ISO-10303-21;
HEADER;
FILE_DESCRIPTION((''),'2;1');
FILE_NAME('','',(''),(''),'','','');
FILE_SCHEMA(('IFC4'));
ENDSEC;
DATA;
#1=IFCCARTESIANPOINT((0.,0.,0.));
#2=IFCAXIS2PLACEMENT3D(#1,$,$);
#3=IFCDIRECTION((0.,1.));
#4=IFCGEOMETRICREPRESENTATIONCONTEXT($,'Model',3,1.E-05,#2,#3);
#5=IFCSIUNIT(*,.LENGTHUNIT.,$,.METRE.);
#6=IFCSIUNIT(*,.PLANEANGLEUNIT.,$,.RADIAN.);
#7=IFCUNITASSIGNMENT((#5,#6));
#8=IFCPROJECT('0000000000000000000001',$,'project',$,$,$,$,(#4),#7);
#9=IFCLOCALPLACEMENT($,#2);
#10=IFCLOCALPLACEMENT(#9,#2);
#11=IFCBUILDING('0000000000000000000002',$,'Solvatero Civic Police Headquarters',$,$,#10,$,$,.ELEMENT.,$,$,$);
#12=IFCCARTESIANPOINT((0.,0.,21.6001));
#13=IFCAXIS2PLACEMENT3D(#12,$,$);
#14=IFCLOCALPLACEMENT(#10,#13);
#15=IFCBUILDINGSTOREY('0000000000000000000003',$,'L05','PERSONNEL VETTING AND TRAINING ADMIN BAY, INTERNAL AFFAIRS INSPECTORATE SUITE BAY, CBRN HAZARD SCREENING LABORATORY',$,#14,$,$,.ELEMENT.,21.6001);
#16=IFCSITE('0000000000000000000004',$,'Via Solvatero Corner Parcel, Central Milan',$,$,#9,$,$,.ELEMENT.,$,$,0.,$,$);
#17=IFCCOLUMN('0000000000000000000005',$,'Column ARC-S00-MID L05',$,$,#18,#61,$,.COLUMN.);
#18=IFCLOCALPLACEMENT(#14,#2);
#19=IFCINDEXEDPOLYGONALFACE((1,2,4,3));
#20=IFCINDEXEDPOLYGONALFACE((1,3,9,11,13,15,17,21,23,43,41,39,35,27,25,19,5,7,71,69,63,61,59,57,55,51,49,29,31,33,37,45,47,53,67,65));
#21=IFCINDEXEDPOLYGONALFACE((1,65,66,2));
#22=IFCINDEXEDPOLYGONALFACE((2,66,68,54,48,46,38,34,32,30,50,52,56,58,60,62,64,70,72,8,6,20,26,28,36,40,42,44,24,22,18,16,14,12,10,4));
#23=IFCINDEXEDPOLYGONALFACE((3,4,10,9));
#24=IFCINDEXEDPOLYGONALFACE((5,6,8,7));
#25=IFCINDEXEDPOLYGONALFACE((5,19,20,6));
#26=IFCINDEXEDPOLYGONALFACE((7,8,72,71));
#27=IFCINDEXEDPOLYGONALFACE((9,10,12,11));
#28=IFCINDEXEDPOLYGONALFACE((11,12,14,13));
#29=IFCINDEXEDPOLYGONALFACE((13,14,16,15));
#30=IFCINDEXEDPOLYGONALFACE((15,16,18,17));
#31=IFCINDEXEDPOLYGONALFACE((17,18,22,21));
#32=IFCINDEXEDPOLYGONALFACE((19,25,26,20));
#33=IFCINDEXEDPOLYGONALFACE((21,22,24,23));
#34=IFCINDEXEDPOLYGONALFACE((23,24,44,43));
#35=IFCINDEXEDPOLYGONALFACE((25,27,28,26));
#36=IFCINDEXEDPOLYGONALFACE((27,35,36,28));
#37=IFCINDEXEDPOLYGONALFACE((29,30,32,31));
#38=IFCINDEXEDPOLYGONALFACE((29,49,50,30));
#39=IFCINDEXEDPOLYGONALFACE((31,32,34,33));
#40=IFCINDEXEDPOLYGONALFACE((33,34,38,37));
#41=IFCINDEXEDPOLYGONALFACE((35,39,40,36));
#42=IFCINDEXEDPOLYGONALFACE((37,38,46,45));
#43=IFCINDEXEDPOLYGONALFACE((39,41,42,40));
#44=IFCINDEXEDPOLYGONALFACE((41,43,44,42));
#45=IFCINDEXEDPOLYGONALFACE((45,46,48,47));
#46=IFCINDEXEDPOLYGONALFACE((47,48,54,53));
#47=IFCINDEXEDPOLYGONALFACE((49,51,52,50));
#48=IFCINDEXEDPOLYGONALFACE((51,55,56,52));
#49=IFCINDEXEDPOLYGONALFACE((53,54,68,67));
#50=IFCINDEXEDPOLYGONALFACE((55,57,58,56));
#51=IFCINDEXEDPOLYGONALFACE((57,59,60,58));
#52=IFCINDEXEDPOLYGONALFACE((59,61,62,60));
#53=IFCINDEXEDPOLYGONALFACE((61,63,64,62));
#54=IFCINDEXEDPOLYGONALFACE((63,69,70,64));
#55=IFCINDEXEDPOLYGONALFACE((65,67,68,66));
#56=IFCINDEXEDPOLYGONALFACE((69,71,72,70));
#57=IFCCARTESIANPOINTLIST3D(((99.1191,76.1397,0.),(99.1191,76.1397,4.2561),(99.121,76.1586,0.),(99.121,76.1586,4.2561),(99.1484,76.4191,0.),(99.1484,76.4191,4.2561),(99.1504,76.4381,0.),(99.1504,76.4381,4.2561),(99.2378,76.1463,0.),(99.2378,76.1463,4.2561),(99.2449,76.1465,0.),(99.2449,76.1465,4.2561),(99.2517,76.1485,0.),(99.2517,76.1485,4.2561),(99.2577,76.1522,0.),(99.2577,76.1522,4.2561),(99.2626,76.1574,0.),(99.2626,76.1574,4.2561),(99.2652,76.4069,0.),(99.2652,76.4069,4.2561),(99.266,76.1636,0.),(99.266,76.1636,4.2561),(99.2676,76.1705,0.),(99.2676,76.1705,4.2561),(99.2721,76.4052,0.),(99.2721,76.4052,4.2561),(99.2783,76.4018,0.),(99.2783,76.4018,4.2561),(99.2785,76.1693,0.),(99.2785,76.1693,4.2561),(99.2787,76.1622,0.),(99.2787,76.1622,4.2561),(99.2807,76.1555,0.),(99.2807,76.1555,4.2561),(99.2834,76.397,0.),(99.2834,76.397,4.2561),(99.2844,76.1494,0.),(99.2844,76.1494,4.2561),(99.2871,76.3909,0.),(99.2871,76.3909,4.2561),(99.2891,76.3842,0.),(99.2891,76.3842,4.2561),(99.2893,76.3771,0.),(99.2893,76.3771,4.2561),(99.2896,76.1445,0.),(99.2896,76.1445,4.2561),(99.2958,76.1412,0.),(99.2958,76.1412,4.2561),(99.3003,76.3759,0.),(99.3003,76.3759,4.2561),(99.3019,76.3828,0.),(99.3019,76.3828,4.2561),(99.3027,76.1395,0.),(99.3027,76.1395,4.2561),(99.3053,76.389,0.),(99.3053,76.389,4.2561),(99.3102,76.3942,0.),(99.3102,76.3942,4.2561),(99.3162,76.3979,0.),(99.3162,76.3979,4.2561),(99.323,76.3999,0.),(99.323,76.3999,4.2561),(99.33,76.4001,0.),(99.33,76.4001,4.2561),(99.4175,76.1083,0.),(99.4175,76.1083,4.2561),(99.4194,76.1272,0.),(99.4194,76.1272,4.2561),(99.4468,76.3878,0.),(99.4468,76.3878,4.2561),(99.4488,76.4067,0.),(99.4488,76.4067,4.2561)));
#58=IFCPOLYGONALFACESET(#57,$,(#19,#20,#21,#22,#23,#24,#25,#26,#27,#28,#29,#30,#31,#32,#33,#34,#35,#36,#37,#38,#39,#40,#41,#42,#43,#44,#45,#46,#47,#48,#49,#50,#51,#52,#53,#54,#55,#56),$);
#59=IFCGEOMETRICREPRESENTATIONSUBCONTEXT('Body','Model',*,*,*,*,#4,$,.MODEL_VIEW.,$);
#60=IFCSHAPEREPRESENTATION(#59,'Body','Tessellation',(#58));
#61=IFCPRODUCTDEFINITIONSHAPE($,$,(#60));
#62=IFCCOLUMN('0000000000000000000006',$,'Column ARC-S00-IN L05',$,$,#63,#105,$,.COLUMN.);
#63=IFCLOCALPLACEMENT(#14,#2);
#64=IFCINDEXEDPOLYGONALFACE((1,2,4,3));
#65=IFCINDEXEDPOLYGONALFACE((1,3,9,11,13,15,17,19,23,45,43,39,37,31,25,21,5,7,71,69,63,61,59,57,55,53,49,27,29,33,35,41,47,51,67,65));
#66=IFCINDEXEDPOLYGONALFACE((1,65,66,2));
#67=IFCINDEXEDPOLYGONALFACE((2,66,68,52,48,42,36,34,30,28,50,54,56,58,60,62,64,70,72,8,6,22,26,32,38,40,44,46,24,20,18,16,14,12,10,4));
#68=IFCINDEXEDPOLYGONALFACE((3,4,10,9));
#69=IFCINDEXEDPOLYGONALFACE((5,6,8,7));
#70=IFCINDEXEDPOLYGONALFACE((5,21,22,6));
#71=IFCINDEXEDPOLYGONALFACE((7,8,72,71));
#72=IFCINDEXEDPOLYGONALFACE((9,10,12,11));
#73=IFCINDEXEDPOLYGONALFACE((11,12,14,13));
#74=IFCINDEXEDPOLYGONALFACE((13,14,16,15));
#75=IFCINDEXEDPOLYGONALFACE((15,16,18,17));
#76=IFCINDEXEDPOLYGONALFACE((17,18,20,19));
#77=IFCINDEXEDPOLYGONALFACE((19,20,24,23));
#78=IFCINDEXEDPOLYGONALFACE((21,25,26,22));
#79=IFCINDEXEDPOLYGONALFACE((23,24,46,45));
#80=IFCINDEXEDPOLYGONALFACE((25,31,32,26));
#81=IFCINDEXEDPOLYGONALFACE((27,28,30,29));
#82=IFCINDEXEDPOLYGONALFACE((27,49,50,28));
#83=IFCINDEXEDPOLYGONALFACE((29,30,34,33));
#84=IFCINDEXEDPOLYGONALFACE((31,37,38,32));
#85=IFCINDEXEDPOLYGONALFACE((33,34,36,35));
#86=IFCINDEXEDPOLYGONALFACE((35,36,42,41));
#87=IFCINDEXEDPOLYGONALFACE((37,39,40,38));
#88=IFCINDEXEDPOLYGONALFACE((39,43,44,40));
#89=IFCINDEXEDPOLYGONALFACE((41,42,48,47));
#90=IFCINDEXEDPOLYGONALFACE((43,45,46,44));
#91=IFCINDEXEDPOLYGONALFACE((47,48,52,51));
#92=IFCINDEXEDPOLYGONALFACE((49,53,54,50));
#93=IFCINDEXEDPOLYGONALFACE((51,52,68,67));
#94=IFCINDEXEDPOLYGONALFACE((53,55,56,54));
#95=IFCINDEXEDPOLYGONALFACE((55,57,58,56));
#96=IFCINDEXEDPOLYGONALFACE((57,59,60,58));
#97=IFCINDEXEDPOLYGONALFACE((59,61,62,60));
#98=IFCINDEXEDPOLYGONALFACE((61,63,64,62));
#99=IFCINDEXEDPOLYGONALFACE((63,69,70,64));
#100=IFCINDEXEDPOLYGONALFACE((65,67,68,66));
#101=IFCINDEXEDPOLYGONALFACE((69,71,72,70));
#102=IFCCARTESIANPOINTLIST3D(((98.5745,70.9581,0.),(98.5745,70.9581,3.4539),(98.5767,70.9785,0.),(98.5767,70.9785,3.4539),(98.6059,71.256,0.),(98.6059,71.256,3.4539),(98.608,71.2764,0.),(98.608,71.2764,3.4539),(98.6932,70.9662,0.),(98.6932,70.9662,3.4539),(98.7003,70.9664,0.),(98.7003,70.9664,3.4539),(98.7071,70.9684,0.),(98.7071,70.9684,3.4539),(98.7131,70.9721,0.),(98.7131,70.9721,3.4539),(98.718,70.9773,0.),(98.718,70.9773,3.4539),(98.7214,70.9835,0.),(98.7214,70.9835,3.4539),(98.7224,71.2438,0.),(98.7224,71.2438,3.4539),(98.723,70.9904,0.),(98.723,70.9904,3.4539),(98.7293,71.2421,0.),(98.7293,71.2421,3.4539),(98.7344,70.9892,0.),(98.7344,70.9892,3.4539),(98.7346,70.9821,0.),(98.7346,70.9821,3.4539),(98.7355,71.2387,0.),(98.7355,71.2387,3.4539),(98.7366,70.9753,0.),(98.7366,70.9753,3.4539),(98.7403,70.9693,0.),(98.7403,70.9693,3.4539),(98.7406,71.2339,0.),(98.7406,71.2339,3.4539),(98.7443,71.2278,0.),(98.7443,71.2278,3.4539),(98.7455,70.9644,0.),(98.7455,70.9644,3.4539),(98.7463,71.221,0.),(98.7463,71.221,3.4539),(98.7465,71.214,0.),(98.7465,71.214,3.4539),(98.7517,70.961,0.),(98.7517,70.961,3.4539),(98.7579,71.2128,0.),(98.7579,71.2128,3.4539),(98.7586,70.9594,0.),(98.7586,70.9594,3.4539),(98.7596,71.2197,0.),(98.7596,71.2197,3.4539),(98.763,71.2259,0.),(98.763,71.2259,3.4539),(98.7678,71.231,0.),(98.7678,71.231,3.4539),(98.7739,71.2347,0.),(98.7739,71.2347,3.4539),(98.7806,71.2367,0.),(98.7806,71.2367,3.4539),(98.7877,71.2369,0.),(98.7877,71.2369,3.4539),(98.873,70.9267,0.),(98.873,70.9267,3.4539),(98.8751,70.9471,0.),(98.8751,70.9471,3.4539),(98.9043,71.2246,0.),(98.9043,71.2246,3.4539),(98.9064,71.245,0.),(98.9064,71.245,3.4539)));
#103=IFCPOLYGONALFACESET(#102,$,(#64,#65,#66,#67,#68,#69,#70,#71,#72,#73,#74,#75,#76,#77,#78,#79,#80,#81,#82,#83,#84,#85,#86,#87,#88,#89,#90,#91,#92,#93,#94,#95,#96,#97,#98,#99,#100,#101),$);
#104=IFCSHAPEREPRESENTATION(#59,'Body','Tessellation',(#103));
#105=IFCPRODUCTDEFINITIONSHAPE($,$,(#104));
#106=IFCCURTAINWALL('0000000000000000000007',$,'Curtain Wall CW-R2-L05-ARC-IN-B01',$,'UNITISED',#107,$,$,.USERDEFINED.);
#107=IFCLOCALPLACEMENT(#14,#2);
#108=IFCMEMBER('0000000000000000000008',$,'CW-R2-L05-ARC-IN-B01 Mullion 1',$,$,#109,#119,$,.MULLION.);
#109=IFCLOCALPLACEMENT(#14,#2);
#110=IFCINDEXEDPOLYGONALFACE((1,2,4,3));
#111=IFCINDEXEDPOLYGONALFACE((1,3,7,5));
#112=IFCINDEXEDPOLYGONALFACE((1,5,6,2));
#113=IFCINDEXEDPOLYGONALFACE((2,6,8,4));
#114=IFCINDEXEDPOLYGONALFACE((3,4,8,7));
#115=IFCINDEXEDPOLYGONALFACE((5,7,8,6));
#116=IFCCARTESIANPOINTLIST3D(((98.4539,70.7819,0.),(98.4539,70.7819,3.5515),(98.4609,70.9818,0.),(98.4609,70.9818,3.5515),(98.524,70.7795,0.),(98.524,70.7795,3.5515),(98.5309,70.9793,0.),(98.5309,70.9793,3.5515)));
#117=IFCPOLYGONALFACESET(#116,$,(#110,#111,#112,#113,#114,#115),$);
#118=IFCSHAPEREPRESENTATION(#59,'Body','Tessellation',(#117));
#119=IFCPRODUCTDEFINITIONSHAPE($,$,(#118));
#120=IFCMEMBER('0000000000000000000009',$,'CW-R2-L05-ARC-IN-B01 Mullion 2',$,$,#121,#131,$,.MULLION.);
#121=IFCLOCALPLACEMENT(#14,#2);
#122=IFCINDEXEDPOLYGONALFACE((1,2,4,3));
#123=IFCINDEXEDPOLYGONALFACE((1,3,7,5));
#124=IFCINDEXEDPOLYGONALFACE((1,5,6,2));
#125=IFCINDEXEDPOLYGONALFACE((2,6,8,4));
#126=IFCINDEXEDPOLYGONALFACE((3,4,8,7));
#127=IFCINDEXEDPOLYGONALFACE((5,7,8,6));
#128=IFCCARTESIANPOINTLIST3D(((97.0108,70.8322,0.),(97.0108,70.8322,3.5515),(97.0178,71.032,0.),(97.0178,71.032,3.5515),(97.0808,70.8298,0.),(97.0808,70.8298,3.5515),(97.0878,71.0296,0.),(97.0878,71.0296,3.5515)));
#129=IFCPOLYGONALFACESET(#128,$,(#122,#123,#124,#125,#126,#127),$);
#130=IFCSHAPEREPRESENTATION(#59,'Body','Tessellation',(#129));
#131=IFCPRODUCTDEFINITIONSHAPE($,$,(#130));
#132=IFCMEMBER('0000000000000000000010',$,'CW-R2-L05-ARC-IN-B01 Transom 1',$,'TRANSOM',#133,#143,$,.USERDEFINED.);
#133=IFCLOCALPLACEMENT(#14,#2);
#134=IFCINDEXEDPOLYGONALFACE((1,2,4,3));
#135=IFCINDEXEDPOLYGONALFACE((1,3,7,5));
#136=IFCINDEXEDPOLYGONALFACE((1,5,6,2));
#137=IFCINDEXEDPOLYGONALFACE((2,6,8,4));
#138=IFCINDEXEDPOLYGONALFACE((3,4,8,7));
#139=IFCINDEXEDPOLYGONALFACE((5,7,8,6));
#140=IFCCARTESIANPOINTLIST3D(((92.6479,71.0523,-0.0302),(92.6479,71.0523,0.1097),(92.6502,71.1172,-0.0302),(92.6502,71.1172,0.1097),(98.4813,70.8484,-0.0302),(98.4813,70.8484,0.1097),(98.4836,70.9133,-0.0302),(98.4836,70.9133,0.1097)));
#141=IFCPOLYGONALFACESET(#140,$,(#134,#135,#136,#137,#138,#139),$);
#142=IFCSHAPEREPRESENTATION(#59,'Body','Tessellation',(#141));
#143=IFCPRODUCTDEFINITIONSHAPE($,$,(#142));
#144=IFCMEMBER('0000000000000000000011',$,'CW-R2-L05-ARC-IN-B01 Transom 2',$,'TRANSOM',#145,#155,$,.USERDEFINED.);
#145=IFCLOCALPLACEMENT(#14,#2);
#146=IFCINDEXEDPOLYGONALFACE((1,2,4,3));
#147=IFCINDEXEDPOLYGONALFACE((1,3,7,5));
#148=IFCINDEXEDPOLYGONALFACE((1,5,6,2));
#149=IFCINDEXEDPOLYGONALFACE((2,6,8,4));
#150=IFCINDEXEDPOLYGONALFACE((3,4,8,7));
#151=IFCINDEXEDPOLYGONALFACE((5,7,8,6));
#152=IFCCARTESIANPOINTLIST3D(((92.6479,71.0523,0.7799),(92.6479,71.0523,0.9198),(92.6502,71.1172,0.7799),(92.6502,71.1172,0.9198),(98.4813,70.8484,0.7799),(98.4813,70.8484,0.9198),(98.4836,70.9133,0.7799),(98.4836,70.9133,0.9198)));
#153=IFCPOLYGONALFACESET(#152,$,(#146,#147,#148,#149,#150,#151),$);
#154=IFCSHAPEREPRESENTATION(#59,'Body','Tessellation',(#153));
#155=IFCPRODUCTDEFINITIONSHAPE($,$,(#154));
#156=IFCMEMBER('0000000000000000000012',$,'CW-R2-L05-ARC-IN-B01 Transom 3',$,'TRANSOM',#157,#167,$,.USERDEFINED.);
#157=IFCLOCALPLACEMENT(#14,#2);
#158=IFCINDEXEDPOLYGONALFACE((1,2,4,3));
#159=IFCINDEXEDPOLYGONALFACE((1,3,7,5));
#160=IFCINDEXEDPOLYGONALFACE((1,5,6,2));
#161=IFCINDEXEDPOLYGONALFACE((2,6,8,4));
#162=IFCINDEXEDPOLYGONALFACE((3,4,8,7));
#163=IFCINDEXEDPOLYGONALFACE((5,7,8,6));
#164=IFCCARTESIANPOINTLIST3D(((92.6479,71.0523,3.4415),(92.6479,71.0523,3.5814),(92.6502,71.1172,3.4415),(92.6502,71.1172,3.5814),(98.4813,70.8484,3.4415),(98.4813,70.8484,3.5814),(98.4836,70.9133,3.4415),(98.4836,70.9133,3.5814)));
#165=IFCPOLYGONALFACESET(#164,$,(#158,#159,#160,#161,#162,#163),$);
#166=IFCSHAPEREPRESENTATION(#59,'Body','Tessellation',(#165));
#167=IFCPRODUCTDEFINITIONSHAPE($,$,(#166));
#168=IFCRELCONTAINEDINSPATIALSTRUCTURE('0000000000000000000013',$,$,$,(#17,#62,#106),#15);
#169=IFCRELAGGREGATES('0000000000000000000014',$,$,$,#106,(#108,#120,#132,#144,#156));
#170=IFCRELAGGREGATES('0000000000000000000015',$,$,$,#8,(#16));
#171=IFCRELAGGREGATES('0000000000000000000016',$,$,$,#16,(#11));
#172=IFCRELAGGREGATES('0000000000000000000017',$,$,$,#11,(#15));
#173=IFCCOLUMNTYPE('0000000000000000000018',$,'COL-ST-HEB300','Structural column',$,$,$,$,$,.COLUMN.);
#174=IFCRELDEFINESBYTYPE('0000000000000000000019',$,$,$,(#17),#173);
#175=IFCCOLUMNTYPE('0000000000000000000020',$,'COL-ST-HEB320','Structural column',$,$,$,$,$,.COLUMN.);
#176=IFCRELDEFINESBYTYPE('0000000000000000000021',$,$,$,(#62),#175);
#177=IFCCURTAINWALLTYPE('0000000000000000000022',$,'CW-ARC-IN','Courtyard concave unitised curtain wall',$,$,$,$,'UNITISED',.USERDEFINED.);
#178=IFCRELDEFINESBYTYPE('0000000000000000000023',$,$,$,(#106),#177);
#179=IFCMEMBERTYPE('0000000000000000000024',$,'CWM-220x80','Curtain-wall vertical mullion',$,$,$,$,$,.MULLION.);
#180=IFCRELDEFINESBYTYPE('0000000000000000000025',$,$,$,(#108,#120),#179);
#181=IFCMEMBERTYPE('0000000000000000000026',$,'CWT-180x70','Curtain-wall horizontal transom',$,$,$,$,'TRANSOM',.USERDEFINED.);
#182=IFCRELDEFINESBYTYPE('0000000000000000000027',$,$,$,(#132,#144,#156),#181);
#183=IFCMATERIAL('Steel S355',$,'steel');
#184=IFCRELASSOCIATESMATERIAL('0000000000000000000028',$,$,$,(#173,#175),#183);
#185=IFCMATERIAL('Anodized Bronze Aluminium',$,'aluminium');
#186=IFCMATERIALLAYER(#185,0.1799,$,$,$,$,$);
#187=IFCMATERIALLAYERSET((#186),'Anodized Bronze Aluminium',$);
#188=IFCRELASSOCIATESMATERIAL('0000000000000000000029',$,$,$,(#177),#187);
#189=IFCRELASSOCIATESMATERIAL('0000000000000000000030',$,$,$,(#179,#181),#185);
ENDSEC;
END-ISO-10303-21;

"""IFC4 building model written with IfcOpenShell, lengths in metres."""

from ifc_helpers import new_model, si_unit, direction, frame, origin, origin_2d, place, context, subcontext, project, spatial, rectangle, i_section, extrude, material, layer, layer_set, material_profile, profile_set, type_object, element, aggregate, save


model = new_model("IFC4")

# Units and contexts
model_context = context("Model", 3, precision=1e-05, world=origin(), true_north=direction((0.0, 1.0)))
body_context = subcontext(model_context, "Body", "Model", "MODEL_VIEW")
ifc_project = project(units=[si_unit("LENGTHUNIT", "METRE"), si_unit("PLANEANGLEUNIT", "RADIAN")], contexts=[model_context])

# Site, building, storey
site_placement = place(None, origin())
site = spatial("IfcSite", under=ifc_project, at=site_placement, Name="Via Solvatero Corner Parcel, Central Milan", CompositionType="ELEMENT", RefElevation=0.0)
building_placement = place(site_placement, origin())
building = spatial("IfcBuilding", under=site, at=building_placement, Name="Solvatero Civic Police Headquarters", CompositionType="ELEMENT")
storey_placement = place(building_placement, frame((0.0, 0.0, 21.6001)))
storey = spatial("IfcBuildingStorey", under=building, at=storey_placement, Name="L05", Description="PERSONNEL VETTING AND TRAINING ADMIN BAY, INTERNAL AFFAIRS INSPECTORATE SUITE BAY, CBRN HAZARD SCREENING LABORATORY", CompositionType="ELEMENT", Elevation=21.6001)

# Columns
ifc_material_1 = material(Name="Steel S355", Category="steel")
ifc_material_profile_1 = material_profile(ifc_material_1, i_section(OverallWidth=0.3, OverallDepth=0.3, WebThickness=0.011, FlangeThickness=0.019, FilletRadius=0.0271, at=origin_2d()), Name="HEB 300")
ifc_profile_set_1 = profile_set([ifc_material_profile_1], Name="Steel S355")
column_type_1 = type_object("IfcColumnType", Name="COL-ST-HEB300", Description="Structural column", PredefinedType="COLUMN", material=ifc_profile_set_1)
column_1_placement = place(storey_placement, frame((99.2839, 76.2732, 0.0), z_axis=(0.0, 0.0, 1.0), x_axis=(0.994522, -0.104528, 0.0)))
element("IfcColumn", 1, at=column_1_placement, inside=storey, type_object=column_type_1, Name="Column ARC-S00-MID L05", PredefinedType="COLUMN", context=body_context, shape_type="SweptSolid", body=[
    extrude(i_section(OverallWidth=0.3, OverallDepth=0.3, WebThickness=0.011, FlangeThickness=0.019, FilletRadius=0.0271, at=origin_2d()), origin(), (0.0, 0.0, 1.0), 4.2561),
])
ifc_material_profile_2 = material_profile(ifc_material_1, i_section(OverallWidth=0.3, OverallDepth=0.3201, WebThickness=0.0115, FlangeThickness=0.0205, FilletRadius=0.0271, at=origin_2d()), Name="HEB 320")
ifc_profile_set_2 = profile_set([ifc_material_profile_2], Name="Steel S355")
column_type_2 = type_object("IfcColumnType", Name="COL-ST-HEB320", Description="Structural column", PredefinedType="COLUMN", material=ifc_profile_set_2)
column_2_placement = place(storey_placement, frame((98.7405, 71.1016, 0.0), z_axis=(0.0, 0.0, 1.0), x_axis=(0.994522, -0.104528, 0.0)))
element("IfcColumn", 2, at=column_2_placement, inside=storey, type_object=column_type_2, Name="Column ARC-S00-IN L05", PredefinedType="COLUMN", context=body_context, shape_type="SweptSolid", body=[
    extrude(i_section(OverallWidth=0.3, OverallDepth=0.3201, WebThickness=0.0115, FlangeThickness=0.0205, FilletRadius=0.0271, at=origin_2d()), origin(), (0.0, 0.0, 1.0), 3.4539),
])

# Curtain wall, members
ifc_material_2 = material(Name="Anodized Bronze Aluminium", Category="aluminium")
ifc_layer_1 = layer(ifc_material_2, 0.1799)
ifc_layer_set_1 = layer_set([ifc_layer_1], Name="Anodized Bronze Aluminium")
curtain_wall_type = type_object("IfcCurtainWallType", Name="CW-ARC-IN", Description="Courtyard concave unitised curtain wall", ElementType="UNITISED", PredefinedType="USERDEFINED", material=ifc_layer_set_1)
curtain_wall_placement = place(storey_placement, origin())
curtain_wall = element("IfcCurtainWall", 3, at=curtain_wall_placement, inside=storey, type_object=curtain_wall_type, Name="Curtain Wall CW-R2-L05-ARC-IN-B01", ObjectType="UNITISED", PredefinedType="USERDEFINED")
ifc_material_profile_3 = material_profile(ifc_material_2, rectangle(XDim=0.0701, YDim=0.2, at=origin_2d()), Name="ALU MULLION 70x200")
ifc_profile_set_3 = profile_set([ifc_material_profile_3], Name="Anodized Bronze Aluminium")
member_type_1 = type_object("IfcMemberType", Name="CWM-220x80", Description="Curtain-wall vertical mullion", PredefinedType="MULLION", material=ifc_profile_set_3)
member_1_placement = place(storey_placement, frame((98.4924, 70.8806, 0.0), z_axis=(0.0, 0.0, 1.0), x_axis=(-0.999391, 0.034899, 0.0)))
member_1 = element("IfcMember", 4, at=member_1_placement, type_object=member_type_1, Name="CW-R2-L05-ARC-IN-B01 Mullion 1", PredefinedType="MULLION", context=body_context, shape_type="SweptSolid", body=[
    extrude(rectangle(XDim=0.0701, YDim=0.2, at=origin_2d()), origin(), (0.0, 0.0, 1.0), 3.5515),
])
member_2_placement = place(storey_placement, frame((97.0493, 70.9309, 0.0), z_axis=(0.0, 0.0, 1.0), x_axis=(-0.999391, 0.034899, 0.0)))
member_2 = element("IfcMember", 5, at=member_2_placement, type_object=member_type_1, Name="CW-R2-L05-ARC-IN-B01 Mullion 2", PredefinedType="MULLION", context=body_context, shape_type="SweptSolid", body=[
    extrude(rectangle(XDim=0.0701, YDim=0.2, at=origin_2d()), origin(), (0.0, 0.0, 1.0), 3.5515),
])
ifc_material_profile_4 = material_profile(ifc_material_2, rectangle(XDim=0.0649, YDim=0.1399, at=origin_2d()), Name="ALU TRANSOM 65x140")
ifc_profile_set_4 = profile_set([ifc_material_profile_4], Name="Anodized Bronze Aluminium")
member_type_2 = type_object("IfcMemberType", Name="CWT-180x70", Description="Curtain-wall horizontal transom", ElementType="TRANSOM", PredefinedType="USERDEFINED", material=ifc_profile_set_4)
member_3_placement = place(storey_placement, frame((98.4824, 70.8809, 0.0398), z_axis=(-0.99939, 0.034926, 0.0), x_axis=(-0.034926, -0.99939, 0.0)))
member_3 = element("IfcMember", 6, at=member_3_placement, type_object=member_type_2, Name="CW-R2-L05-ARC-IN-B01 Transom 1", ObjectType="TRANSOM", PredefinedType="USERDEFINED", context=body_context, shape_type="SweptSolid", body=[
    extrude(rectangle(XDim=0.0649, YDim=0.1399, at=origin_2d()), origin(), (0.0, 0.0, 1.0), 5.8369),
])
member_4_placement = place(storey_placement, frame((98.4824, 70.8809, 0.8499), z_axis=(-0.99939, 0.034926, 0.0), x_axis=(-0.034926, -0.99939, 0.0)))
member_4 = element("IfcMember", 7, at=member_4_placement, type_object=member_type_2, Name="CW-R2-L05-ARC-IN-B01 Transom 2", ObjectType="TRANSOM", PredefinedType="USERDEFINED", context=body_context, shape_type="SweptSolid", body=[
    extrude(rectangle(XDim=0.0649, YDim=0.1399, at=origin_2d()), origin(), (0.0, 0.0, 1.0), 5.8369),
])
member_5_placement = place(storey_placement, frame((98.4824, 70.8809, 3.5115), z_axis=(-0.99939, 0.034926, 0.0), x_axis=(-0.034926, -0.99939, 0.0)))
member_5 = element("IfcMember", 8, at=member_5_placement, type_object=member_type_2, Name="CW-R2-L05-ARC-IN-B01 Transom 3", ObjectType="TRANSOM", PredefinedType="USERDEFINED", context=body_context, shape_type="SweptSolid", body=[
    extrude(rectangle(XDim=0.0649, YDim=0.1399, at=origin_2d()), origin(), (0.0, 0.0, 1.0), 5.8369),
])

aggregate(curtain_wall, [member_1, member_2, member_3, member_4, member_5])

save(model, "model.ifc")
